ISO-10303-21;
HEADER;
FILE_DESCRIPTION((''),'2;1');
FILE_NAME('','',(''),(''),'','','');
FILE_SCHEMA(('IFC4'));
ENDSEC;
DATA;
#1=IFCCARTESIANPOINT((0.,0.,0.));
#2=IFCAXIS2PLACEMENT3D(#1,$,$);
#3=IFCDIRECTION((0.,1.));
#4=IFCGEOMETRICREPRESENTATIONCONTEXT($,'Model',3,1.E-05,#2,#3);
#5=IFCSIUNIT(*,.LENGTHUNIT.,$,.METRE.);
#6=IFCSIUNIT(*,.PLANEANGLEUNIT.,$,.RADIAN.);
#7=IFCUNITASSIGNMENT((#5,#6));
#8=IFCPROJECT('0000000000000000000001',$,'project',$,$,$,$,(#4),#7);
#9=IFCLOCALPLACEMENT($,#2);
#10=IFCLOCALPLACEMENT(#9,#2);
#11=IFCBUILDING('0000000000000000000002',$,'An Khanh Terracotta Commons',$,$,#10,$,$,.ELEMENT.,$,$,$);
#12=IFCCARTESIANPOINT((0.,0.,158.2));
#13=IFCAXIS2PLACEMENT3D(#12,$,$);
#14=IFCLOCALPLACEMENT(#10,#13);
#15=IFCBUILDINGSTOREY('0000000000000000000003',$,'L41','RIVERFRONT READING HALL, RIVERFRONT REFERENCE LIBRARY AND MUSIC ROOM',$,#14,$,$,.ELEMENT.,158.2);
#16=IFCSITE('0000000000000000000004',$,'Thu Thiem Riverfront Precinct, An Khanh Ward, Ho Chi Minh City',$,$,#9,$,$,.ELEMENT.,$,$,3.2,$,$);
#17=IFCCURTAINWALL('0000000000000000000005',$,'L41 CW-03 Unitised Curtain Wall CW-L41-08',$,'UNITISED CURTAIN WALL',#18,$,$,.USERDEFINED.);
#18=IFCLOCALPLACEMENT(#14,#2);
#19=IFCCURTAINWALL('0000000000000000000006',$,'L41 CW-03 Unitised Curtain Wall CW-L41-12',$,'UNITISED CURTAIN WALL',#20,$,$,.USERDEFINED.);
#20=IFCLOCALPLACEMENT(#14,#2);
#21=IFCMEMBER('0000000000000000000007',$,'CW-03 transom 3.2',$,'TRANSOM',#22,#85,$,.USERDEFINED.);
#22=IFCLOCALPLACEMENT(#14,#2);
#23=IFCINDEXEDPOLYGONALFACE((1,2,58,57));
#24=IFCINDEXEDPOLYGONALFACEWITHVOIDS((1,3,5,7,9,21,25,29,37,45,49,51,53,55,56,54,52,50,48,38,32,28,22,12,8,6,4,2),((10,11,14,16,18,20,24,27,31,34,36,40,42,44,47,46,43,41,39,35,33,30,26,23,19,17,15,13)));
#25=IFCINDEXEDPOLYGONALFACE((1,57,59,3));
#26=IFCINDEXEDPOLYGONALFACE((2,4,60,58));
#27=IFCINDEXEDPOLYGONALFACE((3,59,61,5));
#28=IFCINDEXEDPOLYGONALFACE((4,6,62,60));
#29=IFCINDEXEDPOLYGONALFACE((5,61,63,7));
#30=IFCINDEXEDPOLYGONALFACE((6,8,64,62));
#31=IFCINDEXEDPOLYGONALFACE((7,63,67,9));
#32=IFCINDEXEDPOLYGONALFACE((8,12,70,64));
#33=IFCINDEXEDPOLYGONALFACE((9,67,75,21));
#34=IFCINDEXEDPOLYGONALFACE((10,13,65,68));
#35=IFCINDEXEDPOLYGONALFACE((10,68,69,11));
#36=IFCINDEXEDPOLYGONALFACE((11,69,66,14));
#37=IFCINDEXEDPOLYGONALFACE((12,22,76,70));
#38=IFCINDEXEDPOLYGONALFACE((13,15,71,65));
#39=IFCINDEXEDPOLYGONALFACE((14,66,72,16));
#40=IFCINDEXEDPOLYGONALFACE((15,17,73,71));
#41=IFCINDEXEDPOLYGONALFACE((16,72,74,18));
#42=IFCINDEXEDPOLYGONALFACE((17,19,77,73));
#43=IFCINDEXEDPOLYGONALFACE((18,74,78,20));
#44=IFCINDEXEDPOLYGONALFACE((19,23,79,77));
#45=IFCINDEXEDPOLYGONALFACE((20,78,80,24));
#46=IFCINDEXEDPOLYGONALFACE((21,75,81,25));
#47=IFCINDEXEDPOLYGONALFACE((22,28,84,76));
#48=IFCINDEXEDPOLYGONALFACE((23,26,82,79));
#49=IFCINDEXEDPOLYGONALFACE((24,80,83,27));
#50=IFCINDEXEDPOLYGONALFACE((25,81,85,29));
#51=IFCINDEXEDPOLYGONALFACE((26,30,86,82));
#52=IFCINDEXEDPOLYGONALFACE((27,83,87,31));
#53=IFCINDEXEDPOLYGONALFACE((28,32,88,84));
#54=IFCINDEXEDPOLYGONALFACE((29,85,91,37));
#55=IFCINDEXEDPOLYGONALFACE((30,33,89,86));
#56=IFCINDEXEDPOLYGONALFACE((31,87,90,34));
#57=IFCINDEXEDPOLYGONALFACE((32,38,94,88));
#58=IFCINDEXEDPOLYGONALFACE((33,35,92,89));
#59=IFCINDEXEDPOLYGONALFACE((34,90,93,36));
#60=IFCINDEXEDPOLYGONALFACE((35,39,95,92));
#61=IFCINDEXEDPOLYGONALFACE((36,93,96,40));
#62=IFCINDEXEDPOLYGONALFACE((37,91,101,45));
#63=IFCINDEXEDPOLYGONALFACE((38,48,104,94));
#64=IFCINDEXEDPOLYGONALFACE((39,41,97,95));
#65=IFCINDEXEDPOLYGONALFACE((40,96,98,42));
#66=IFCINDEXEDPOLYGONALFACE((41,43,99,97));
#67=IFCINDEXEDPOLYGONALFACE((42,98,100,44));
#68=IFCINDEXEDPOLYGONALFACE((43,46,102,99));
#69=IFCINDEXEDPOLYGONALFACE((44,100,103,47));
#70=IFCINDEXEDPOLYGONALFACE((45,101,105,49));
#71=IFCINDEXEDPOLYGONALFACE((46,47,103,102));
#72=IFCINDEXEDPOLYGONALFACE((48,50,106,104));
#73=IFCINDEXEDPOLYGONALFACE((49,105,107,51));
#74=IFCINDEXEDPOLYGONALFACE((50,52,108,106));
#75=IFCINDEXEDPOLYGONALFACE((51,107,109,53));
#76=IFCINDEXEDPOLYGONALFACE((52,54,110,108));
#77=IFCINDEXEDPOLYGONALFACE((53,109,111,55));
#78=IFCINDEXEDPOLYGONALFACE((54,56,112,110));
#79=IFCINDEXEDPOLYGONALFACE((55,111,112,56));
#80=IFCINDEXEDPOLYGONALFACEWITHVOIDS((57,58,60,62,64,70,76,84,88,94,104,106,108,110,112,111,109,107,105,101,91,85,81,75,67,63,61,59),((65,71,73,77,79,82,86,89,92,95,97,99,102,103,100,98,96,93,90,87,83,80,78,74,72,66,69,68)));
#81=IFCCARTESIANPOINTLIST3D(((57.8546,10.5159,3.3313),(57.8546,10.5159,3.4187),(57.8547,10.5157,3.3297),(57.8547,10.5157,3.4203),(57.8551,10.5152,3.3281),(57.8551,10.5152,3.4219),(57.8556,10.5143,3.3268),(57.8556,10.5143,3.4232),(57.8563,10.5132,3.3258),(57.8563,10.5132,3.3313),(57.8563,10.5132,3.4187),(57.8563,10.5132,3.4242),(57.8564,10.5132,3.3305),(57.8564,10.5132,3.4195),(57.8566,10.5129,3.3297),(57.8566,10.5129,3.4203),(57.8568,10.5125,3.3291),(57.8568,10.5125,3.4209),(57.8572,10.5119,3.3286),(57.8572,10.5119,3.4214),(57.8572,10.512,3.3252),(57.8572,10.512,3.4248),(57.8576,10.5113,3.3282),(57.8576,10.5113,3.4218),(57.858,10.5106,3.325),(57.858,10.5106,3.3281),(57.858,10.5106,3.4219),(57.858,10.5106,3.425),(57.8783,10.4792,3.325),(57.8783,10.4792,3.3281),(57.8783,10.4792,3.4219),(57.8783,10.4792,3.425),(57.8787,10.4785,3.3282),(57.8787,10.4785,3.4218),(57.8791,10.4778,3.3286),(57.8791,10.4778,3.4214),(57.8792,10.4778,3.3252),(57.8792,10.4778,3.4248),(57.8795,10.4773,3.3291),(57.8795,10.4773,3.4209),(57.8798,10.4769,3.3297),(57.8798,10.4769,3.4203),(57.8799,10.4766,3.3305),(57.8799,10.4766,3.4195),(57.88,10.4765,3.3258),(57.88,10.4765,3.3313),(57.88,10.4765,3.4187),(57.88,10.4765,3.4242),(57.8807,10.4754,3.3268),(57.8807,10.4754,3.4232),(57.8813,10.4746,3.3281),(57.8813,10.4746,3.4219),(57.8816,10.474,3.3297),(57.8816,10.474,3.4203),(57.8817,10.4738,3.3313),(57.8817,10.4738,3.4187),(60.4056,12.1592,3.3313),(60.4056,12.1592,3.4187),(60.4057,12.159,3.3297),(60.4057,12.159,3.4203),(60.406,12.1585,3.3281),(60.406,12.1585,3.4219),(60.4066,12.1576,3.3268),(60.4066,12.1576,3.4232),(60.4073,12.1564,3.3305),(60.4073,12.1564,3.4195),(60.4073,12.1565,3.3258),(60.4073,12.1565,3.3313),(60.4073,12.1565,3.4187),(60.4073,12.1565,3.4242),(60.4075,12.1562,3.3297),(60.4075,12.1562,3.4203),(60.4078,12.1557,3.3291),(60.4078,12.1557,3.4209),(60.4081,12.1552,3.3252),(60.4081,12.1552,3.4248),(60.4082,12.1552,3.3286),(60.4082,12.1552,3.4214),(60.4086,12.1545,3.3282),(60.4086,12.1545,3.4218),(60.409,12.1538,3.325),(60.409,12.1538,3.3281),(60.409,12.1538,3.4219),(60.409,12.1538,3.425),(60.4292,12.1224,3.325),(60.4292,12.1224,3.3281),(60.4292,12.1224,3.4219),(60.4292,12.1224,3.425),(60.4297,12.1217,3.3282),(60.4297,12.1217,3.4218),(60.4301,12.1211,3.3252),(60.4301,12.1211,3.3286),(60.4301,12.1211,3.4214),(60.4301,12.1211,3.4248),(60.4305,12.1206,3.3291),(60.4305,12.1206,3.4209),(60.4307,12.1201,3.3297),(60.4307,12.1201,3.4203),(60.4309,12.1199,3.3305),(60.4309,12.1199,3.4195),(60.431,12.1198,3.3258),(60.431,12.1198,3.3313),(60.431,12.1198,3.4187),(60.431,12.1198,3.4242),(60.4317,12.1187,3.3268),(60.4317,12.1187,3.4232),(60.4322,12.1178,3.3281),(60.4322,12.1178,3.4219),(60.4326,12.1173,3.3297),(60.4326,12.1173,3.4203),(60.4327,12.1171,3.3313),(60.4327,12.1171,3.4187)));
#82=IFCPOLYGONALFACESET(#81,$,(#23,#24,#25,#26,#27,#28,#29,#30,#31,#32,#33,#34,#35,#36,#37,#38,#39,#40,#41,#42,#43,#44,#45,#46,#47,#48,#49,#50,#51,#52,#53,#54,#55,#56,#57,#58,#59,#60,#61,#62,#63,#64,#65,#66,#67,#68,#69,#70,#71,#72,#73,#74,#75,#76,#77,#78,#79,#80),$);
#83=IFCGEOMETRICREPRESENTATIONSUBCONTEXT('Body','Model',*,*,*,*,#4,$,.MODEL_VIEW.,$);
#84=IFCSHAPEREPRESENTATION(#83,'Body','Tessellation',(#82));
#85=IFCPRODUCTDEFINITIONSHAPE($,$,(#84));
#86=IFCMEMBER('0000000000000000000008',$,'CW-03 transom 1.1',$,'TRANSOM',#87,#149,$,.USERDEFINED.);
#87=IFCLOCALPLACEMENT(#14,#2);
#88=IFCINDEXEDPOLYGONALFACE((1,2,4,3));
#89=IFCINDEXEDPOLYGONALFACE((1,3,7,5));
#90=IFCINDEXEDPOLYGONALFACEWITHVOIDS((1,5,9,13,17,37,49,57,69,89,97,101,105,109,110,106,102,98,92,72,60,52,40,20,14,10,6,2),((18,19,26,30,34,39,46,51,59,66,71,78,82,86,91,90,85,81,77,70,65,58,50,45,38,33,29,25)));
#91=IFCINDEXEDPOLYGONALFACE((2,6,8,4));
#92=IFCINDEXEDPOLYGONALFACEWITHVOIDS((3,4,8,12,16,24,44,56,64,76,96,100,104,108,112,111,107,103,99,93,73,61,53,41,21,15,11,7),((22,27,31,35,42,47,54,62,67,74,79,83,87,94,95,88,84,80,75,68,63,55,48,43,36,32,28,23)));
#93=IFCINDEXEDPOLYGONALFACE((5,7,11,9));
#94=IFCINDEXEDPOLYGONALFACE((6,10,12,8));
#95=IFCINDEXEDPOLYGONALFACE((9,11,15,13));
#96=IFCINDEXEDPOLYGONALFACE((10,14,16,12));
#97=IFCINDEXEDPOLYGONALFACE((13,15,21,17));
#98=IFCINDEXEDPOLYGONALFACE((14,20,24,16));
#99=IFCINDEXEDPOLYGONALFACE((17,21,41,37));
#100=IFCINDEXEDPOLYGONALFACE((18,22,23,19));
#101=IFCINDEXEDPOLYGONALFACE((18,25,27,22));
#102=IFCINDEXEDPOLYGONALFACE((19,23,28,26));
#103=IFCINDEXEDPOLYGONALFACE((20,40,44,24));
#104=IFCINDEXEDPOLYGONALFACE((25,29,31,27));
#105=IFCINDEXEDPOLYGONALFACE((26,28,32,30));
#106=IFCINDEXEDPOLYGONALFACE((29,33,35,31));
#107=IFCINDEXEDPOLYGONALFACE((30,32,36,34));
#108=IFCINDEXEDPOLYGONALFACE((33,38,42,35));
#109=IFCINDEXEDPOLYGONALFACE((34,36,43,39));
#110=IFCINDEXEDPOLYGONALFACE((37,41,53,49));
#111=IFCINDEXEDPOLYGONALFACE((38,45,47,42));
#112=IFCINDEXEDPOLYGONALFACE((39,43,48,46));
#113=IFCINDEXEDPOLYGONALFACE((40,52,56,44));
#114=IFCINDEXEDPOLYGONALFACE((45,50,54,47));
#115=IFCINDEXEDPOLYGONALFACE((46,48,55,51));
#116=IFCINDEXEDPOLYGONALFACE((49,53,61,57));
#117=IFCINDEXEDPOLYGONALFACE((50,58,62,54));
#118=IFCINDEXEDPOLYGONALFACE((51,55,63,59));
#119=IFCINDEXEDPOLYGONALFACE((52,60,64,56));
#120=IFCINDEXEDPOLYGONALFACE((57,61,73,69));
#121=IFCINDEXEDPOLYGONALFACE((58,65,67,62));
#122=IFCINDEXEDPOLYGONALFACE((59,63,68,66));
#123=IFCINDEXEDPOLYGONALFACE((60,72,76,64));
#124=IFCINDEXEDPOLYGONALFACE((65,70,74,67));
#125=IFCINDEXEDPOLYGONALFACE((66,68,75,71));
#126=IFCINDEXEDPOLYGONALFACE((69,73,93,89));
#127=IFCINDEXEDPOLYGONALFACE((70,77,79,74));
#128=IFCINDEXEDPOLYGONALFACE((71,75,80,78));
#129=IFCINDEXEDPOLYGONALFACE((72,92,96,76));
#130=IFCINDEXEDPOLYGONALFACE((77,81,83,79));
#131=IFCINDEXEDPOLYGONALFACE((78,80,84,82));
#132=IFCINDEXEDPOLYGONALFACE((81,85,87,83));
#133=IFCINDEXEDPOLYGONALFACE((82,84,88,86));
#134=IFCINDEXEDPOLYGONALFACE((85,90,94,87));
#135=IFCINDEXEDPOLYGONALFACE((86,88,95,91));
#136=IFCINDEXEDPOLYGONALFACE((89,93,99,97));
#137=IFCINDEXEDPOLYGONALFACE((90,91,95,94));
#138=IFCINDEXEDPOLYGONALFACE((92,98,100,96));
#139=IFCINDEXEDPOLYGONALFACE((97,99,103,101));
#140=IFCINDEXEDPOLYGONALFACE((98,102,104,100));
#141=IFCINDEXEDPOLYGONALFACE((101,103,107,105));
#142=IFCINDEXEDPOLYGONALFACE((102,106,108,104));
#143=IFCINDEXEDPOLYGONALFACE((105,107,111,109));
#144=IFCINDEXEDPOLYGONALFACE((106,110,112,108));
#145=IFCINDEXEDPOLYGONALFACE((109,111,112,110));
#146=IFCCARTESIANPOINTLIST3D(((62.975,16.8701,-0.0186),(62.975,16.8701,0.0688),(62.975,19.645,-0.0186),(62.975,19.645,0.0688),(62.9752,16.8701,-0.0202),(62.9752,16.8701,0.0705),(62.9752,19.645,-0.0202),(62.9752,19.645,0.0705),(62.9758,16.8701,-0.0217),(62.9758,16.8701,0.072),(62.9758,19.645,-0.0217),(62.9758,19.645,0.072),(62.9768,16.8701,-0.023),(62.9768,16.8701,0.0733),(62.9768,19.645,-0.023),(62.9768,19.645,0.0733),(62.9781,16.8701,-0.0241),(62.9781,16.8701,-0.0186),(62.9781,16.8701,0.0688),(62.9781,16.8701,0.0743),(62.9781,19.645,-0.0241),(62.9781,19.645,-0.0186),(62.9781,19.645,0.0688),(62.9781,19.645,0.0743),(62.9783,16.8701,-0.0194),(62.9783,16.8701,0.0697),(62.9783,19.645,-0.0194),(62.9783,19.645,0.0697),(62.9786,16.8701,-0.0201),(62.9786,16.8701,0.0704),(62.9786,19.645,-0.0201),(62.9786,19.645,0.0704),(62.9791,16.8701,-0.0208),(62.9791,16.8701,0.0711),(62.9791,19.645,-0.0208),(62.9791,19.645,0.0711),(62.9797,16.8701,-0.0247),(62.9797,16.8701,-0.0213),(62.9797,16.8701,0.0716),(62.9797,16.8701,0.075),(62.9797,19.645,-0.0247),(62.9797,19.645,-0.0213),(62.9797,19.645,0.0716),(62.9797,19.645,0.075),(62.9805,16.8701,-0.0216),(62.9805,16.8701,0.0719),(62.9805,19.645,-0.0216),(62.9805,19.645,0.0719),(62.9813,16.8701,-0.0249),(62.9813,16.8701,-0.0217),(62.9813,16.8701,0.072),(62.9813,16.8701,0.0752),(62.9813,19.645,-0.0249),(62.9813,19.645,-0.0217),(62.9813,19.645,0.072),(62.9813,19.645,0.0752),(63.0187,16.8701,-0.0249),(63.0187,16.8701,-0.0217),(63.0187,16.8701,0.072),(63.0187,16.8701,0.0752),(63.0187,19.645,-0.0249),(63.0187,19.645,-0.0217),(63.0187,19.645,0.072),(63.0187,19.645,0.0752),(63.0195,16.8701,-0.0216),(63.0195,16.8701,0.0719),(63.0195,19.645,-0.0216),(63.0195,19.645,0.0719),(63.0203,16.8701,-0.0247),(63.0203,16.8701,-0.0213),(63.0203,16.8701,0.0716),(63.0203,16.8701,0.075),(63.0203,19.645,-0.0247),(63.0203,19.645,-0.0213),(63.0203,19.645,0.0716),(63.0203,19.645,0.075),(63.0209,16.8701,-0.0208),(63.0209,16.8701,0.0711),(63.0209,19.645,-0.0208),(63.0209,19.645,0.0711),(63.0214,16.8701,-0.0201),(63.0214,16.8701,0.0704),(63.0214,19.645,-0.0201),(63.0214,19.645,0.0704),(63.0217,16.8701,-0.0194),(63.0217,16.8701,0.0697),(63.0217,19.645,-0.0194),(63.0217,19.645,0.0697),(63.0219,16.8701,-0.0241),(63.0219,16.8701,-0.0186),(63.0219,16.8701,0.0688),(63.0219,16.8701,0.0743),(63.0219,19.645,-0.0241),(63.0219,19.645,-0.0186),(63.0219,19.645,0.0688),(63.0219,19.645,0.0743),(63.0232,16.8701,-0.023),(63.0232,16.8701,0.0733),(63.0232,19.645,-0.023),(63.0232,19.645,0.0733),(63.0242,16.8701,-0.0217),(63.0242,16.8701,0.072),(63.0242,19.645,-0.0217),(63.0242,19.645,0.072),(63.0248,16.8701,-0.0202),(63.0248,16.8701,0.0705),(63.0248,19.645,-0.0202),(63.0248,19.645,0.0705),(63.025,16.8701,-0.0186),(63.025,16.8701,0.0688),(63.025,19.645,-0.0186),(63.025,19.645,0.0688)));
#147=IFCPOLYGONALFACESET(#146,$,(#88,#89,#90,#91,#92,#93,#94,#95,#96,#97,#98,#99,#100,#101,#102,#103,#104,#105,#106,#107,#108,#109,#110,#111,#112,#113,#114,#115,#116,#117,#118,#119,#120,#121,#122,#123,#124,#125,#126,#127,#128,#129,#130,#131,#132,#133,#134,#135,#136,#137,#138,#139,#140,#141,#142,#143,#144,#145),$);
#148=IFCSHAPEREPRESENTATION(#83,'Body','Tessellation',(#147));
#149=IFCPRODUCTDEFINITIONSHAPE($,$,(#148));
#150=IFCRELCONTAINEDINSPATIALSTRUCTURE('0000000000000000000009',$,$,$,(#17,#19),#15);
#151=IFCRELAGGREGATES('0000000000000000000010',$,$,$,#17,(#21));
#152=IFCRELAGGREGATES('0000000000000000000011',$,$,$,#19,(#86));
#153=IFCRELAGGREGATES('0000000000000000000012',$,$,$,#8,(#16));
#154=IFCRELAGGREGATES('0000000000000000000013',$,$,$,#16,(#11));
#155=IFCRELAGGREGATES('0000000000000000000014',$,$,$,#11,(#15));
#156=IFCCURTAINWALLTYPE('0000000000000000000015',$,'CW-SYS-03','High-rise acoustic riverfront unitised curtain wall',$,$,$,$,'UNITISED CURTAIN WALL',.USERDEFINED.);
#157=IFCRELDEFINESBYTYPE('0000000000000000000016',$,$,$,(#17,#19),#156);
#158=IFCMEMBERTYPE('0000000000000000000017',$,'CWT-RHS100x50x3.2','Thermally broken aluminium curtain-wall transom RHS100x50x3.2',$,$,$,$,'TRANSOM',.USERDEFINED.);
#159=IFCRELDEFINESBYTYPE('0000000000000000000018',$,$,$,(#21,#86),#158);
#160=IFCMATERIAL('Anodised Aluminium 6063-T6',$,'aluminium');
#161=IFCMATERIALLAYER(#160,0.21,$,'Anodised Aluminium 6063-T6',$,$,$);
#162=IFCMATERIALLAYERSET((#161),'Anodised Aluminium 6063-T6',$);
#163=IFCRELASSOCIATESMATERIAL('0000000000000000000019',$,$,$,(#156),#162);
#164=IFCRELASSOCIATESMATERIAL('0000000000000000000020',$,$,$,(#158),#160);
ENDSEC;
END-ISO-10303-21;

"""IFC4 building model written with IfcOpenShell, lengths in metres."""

from ifc_helpers import new_model, si_unit, direction, frame, origin, origin_2d, place, context, subcontext, project, spatial, hollow_rectangle, extrude, material, layer, layer_set, material_profile, profile_set, type_object, element, aggregate, save


model = new_model("IFC4")

# Units and contexts
model_context = context("Model", 3, precision=1e-05, world=origin(), true_north=direction((0.0, 1.0)))
body_context = subcontext(model_context, "Body", "Model", "MODEL_VIEW")
ifc_project = project(units=[si_unit("LENGTHUNIT", "METRE"), si_unit("PLANEANGLEUNIT", "RADIAN")], contexts=[model_context])

# Site, building, storey
site_placement = place(None, origin())
site = spatial("IfcSite", under=ifc_project, at=site_placement, Name="Thu Thiem Riverfront Precinct, An Khanh Ward, Ho Chi Minh City", CompositionType="ELEMENT", RefElevation=3.2)
building_placement = place(site_placement, origin())
building = spatial("IfcBuilding", under=site, at=building_placement, Name="An Khanh Terracotta Commons", CompositionType="ELEMENT")
storey_placement = place(building_placement, frame((0.0, 0.0, 158.2)))
storey = spatial("IfcBuildingStorey", under=building, at=storey_placement, Name="L41", Description="RIVERFRONT READING HALL, RIVERFRONT REFERENCE LIBRARY AND MUSIC ROOM", CompositionType="ELEMENT", Elevation=158.2)

# Curtain walls
ifc_material_1 = material(Name="Anodised Aluminium 6063-T6", Category="aluminium")
ifc_layer_1 = layer(ifc_material_1, 0.21, Name="Anodised Aluminium 6063-T6")
ifc_layer_set_1 = layer_set([ifc_layer_1], Name="Anodised Aluminium 6063-T6")
curtain_wall_type = type_object("IfcCurtainWallType", Name="CW-SYS-03", Description="High-rise acoustic riverfront unitised curtain wall", ElementType="UNITISED CURTAIN WALL", PredefinedType="USERDEFINED", material=ifc_layer_set_1)
curtain_wall_1_placement = place(storey_placement, origin())
curtain_wall_1 = element("IfcCurtainWall", 1, at=curtain_wall_1_placement, inside=storey, type_object=curtain_wall_type, Name="L41 CW-03 Unitised Curtain Wall CW-L41-08", ObjectType="UNITISED CURTAIN WALL", PredefinedType="USERDEFINED")
curtain_wall_2_placement = place(storey_placement, origin())
curtain_wall_2 = element("IfcCurtainWall", 2, at=curtain_wall_2_placement, inside=storey, type_object=curtain_wall_type, Name="L41 CW-03 Unitised Curtain Wall CW-L41-12", ObjectType="UNITISED CURTAIN WALL", PredefinedType="USERDEFINED")

# Members
ifc_material_profile_1 = material_profile(ifc_material_1, hollow_rectangle(XDim=0.05, YDim=0.1001, WallThickness=0.0032, InnerFilletRadius=0.0032, OuterFilletRadius=0.0063, at=origin_2d()), Name="RHS100x50x3.2")
ifc_profile_set_1 = profile_set([ifc_material_profile_1], Name="Anodised Aluminium 6063-T6")
member_type_1 = type_object("IfcMemberType", Name="CWT-RHS100x50x3.2", Description="Thermally broken aluminium curtain-wall transom RHS100x50x3.2", ElementType="TRANSOM", PredefinedType="USERDEFINED", material=ifc_profile_set_1)
member_1_placement = place(storey_placement, frame((57.8682, 10.4949, 3.375), z_axis=(0.840674, 0.541542, 0.0), x_axis=(-0.541542, 0.840674, 0.0)))
member_1 = element("IfcMember", 3, at=member_1_placement, type_object=member_type_1, Name="CW-03 transom 3.2", ObjectType="TRANSOM", PredefinedType="USERDEFINED", context=body_context, shape_type="SweptSolid", body=[
    extrude(hollow_rectangle(XDim=0.05, YDim=0.1001, WallThickness=0.0032, InnerFilletRadius=0.0032, OuterFilletRadius=0.0063, at=origin_2d()), origin(), (0.0, 0.0, 1.0), 3.0344),
])
member_2_placement = place(storey_placement, frame((63.0, 16.8701, 0.0251), z_axis=(0.0, 1.0, 0.0), x_axis=(-1.0, 0.0, 0.0)))
member_2 = element("IfcMember", 4, at=member_2_placement, type_object=member_type_1, Name="CW-03 transom 1.1", ObjectType="TRANSOM", PredefinedType="USERDEFINED", context=body_context, shape_type="SweptSolid", body=[
    extrude(hollow_rectangle(XDim=0.05, YDim=0.1001, WallThickness=0.0032, InnerFilletRadius=0.0032, OuterFilletRadius=0.0063, at=origin_2d()), origin(), (0.0, 0.0, 1.0), 2.7749),
])

aggregate(curtain_wall_1, [member_1])
aggregate(curtain_wall_2, [member_2])

save(model, "model.ifc")
